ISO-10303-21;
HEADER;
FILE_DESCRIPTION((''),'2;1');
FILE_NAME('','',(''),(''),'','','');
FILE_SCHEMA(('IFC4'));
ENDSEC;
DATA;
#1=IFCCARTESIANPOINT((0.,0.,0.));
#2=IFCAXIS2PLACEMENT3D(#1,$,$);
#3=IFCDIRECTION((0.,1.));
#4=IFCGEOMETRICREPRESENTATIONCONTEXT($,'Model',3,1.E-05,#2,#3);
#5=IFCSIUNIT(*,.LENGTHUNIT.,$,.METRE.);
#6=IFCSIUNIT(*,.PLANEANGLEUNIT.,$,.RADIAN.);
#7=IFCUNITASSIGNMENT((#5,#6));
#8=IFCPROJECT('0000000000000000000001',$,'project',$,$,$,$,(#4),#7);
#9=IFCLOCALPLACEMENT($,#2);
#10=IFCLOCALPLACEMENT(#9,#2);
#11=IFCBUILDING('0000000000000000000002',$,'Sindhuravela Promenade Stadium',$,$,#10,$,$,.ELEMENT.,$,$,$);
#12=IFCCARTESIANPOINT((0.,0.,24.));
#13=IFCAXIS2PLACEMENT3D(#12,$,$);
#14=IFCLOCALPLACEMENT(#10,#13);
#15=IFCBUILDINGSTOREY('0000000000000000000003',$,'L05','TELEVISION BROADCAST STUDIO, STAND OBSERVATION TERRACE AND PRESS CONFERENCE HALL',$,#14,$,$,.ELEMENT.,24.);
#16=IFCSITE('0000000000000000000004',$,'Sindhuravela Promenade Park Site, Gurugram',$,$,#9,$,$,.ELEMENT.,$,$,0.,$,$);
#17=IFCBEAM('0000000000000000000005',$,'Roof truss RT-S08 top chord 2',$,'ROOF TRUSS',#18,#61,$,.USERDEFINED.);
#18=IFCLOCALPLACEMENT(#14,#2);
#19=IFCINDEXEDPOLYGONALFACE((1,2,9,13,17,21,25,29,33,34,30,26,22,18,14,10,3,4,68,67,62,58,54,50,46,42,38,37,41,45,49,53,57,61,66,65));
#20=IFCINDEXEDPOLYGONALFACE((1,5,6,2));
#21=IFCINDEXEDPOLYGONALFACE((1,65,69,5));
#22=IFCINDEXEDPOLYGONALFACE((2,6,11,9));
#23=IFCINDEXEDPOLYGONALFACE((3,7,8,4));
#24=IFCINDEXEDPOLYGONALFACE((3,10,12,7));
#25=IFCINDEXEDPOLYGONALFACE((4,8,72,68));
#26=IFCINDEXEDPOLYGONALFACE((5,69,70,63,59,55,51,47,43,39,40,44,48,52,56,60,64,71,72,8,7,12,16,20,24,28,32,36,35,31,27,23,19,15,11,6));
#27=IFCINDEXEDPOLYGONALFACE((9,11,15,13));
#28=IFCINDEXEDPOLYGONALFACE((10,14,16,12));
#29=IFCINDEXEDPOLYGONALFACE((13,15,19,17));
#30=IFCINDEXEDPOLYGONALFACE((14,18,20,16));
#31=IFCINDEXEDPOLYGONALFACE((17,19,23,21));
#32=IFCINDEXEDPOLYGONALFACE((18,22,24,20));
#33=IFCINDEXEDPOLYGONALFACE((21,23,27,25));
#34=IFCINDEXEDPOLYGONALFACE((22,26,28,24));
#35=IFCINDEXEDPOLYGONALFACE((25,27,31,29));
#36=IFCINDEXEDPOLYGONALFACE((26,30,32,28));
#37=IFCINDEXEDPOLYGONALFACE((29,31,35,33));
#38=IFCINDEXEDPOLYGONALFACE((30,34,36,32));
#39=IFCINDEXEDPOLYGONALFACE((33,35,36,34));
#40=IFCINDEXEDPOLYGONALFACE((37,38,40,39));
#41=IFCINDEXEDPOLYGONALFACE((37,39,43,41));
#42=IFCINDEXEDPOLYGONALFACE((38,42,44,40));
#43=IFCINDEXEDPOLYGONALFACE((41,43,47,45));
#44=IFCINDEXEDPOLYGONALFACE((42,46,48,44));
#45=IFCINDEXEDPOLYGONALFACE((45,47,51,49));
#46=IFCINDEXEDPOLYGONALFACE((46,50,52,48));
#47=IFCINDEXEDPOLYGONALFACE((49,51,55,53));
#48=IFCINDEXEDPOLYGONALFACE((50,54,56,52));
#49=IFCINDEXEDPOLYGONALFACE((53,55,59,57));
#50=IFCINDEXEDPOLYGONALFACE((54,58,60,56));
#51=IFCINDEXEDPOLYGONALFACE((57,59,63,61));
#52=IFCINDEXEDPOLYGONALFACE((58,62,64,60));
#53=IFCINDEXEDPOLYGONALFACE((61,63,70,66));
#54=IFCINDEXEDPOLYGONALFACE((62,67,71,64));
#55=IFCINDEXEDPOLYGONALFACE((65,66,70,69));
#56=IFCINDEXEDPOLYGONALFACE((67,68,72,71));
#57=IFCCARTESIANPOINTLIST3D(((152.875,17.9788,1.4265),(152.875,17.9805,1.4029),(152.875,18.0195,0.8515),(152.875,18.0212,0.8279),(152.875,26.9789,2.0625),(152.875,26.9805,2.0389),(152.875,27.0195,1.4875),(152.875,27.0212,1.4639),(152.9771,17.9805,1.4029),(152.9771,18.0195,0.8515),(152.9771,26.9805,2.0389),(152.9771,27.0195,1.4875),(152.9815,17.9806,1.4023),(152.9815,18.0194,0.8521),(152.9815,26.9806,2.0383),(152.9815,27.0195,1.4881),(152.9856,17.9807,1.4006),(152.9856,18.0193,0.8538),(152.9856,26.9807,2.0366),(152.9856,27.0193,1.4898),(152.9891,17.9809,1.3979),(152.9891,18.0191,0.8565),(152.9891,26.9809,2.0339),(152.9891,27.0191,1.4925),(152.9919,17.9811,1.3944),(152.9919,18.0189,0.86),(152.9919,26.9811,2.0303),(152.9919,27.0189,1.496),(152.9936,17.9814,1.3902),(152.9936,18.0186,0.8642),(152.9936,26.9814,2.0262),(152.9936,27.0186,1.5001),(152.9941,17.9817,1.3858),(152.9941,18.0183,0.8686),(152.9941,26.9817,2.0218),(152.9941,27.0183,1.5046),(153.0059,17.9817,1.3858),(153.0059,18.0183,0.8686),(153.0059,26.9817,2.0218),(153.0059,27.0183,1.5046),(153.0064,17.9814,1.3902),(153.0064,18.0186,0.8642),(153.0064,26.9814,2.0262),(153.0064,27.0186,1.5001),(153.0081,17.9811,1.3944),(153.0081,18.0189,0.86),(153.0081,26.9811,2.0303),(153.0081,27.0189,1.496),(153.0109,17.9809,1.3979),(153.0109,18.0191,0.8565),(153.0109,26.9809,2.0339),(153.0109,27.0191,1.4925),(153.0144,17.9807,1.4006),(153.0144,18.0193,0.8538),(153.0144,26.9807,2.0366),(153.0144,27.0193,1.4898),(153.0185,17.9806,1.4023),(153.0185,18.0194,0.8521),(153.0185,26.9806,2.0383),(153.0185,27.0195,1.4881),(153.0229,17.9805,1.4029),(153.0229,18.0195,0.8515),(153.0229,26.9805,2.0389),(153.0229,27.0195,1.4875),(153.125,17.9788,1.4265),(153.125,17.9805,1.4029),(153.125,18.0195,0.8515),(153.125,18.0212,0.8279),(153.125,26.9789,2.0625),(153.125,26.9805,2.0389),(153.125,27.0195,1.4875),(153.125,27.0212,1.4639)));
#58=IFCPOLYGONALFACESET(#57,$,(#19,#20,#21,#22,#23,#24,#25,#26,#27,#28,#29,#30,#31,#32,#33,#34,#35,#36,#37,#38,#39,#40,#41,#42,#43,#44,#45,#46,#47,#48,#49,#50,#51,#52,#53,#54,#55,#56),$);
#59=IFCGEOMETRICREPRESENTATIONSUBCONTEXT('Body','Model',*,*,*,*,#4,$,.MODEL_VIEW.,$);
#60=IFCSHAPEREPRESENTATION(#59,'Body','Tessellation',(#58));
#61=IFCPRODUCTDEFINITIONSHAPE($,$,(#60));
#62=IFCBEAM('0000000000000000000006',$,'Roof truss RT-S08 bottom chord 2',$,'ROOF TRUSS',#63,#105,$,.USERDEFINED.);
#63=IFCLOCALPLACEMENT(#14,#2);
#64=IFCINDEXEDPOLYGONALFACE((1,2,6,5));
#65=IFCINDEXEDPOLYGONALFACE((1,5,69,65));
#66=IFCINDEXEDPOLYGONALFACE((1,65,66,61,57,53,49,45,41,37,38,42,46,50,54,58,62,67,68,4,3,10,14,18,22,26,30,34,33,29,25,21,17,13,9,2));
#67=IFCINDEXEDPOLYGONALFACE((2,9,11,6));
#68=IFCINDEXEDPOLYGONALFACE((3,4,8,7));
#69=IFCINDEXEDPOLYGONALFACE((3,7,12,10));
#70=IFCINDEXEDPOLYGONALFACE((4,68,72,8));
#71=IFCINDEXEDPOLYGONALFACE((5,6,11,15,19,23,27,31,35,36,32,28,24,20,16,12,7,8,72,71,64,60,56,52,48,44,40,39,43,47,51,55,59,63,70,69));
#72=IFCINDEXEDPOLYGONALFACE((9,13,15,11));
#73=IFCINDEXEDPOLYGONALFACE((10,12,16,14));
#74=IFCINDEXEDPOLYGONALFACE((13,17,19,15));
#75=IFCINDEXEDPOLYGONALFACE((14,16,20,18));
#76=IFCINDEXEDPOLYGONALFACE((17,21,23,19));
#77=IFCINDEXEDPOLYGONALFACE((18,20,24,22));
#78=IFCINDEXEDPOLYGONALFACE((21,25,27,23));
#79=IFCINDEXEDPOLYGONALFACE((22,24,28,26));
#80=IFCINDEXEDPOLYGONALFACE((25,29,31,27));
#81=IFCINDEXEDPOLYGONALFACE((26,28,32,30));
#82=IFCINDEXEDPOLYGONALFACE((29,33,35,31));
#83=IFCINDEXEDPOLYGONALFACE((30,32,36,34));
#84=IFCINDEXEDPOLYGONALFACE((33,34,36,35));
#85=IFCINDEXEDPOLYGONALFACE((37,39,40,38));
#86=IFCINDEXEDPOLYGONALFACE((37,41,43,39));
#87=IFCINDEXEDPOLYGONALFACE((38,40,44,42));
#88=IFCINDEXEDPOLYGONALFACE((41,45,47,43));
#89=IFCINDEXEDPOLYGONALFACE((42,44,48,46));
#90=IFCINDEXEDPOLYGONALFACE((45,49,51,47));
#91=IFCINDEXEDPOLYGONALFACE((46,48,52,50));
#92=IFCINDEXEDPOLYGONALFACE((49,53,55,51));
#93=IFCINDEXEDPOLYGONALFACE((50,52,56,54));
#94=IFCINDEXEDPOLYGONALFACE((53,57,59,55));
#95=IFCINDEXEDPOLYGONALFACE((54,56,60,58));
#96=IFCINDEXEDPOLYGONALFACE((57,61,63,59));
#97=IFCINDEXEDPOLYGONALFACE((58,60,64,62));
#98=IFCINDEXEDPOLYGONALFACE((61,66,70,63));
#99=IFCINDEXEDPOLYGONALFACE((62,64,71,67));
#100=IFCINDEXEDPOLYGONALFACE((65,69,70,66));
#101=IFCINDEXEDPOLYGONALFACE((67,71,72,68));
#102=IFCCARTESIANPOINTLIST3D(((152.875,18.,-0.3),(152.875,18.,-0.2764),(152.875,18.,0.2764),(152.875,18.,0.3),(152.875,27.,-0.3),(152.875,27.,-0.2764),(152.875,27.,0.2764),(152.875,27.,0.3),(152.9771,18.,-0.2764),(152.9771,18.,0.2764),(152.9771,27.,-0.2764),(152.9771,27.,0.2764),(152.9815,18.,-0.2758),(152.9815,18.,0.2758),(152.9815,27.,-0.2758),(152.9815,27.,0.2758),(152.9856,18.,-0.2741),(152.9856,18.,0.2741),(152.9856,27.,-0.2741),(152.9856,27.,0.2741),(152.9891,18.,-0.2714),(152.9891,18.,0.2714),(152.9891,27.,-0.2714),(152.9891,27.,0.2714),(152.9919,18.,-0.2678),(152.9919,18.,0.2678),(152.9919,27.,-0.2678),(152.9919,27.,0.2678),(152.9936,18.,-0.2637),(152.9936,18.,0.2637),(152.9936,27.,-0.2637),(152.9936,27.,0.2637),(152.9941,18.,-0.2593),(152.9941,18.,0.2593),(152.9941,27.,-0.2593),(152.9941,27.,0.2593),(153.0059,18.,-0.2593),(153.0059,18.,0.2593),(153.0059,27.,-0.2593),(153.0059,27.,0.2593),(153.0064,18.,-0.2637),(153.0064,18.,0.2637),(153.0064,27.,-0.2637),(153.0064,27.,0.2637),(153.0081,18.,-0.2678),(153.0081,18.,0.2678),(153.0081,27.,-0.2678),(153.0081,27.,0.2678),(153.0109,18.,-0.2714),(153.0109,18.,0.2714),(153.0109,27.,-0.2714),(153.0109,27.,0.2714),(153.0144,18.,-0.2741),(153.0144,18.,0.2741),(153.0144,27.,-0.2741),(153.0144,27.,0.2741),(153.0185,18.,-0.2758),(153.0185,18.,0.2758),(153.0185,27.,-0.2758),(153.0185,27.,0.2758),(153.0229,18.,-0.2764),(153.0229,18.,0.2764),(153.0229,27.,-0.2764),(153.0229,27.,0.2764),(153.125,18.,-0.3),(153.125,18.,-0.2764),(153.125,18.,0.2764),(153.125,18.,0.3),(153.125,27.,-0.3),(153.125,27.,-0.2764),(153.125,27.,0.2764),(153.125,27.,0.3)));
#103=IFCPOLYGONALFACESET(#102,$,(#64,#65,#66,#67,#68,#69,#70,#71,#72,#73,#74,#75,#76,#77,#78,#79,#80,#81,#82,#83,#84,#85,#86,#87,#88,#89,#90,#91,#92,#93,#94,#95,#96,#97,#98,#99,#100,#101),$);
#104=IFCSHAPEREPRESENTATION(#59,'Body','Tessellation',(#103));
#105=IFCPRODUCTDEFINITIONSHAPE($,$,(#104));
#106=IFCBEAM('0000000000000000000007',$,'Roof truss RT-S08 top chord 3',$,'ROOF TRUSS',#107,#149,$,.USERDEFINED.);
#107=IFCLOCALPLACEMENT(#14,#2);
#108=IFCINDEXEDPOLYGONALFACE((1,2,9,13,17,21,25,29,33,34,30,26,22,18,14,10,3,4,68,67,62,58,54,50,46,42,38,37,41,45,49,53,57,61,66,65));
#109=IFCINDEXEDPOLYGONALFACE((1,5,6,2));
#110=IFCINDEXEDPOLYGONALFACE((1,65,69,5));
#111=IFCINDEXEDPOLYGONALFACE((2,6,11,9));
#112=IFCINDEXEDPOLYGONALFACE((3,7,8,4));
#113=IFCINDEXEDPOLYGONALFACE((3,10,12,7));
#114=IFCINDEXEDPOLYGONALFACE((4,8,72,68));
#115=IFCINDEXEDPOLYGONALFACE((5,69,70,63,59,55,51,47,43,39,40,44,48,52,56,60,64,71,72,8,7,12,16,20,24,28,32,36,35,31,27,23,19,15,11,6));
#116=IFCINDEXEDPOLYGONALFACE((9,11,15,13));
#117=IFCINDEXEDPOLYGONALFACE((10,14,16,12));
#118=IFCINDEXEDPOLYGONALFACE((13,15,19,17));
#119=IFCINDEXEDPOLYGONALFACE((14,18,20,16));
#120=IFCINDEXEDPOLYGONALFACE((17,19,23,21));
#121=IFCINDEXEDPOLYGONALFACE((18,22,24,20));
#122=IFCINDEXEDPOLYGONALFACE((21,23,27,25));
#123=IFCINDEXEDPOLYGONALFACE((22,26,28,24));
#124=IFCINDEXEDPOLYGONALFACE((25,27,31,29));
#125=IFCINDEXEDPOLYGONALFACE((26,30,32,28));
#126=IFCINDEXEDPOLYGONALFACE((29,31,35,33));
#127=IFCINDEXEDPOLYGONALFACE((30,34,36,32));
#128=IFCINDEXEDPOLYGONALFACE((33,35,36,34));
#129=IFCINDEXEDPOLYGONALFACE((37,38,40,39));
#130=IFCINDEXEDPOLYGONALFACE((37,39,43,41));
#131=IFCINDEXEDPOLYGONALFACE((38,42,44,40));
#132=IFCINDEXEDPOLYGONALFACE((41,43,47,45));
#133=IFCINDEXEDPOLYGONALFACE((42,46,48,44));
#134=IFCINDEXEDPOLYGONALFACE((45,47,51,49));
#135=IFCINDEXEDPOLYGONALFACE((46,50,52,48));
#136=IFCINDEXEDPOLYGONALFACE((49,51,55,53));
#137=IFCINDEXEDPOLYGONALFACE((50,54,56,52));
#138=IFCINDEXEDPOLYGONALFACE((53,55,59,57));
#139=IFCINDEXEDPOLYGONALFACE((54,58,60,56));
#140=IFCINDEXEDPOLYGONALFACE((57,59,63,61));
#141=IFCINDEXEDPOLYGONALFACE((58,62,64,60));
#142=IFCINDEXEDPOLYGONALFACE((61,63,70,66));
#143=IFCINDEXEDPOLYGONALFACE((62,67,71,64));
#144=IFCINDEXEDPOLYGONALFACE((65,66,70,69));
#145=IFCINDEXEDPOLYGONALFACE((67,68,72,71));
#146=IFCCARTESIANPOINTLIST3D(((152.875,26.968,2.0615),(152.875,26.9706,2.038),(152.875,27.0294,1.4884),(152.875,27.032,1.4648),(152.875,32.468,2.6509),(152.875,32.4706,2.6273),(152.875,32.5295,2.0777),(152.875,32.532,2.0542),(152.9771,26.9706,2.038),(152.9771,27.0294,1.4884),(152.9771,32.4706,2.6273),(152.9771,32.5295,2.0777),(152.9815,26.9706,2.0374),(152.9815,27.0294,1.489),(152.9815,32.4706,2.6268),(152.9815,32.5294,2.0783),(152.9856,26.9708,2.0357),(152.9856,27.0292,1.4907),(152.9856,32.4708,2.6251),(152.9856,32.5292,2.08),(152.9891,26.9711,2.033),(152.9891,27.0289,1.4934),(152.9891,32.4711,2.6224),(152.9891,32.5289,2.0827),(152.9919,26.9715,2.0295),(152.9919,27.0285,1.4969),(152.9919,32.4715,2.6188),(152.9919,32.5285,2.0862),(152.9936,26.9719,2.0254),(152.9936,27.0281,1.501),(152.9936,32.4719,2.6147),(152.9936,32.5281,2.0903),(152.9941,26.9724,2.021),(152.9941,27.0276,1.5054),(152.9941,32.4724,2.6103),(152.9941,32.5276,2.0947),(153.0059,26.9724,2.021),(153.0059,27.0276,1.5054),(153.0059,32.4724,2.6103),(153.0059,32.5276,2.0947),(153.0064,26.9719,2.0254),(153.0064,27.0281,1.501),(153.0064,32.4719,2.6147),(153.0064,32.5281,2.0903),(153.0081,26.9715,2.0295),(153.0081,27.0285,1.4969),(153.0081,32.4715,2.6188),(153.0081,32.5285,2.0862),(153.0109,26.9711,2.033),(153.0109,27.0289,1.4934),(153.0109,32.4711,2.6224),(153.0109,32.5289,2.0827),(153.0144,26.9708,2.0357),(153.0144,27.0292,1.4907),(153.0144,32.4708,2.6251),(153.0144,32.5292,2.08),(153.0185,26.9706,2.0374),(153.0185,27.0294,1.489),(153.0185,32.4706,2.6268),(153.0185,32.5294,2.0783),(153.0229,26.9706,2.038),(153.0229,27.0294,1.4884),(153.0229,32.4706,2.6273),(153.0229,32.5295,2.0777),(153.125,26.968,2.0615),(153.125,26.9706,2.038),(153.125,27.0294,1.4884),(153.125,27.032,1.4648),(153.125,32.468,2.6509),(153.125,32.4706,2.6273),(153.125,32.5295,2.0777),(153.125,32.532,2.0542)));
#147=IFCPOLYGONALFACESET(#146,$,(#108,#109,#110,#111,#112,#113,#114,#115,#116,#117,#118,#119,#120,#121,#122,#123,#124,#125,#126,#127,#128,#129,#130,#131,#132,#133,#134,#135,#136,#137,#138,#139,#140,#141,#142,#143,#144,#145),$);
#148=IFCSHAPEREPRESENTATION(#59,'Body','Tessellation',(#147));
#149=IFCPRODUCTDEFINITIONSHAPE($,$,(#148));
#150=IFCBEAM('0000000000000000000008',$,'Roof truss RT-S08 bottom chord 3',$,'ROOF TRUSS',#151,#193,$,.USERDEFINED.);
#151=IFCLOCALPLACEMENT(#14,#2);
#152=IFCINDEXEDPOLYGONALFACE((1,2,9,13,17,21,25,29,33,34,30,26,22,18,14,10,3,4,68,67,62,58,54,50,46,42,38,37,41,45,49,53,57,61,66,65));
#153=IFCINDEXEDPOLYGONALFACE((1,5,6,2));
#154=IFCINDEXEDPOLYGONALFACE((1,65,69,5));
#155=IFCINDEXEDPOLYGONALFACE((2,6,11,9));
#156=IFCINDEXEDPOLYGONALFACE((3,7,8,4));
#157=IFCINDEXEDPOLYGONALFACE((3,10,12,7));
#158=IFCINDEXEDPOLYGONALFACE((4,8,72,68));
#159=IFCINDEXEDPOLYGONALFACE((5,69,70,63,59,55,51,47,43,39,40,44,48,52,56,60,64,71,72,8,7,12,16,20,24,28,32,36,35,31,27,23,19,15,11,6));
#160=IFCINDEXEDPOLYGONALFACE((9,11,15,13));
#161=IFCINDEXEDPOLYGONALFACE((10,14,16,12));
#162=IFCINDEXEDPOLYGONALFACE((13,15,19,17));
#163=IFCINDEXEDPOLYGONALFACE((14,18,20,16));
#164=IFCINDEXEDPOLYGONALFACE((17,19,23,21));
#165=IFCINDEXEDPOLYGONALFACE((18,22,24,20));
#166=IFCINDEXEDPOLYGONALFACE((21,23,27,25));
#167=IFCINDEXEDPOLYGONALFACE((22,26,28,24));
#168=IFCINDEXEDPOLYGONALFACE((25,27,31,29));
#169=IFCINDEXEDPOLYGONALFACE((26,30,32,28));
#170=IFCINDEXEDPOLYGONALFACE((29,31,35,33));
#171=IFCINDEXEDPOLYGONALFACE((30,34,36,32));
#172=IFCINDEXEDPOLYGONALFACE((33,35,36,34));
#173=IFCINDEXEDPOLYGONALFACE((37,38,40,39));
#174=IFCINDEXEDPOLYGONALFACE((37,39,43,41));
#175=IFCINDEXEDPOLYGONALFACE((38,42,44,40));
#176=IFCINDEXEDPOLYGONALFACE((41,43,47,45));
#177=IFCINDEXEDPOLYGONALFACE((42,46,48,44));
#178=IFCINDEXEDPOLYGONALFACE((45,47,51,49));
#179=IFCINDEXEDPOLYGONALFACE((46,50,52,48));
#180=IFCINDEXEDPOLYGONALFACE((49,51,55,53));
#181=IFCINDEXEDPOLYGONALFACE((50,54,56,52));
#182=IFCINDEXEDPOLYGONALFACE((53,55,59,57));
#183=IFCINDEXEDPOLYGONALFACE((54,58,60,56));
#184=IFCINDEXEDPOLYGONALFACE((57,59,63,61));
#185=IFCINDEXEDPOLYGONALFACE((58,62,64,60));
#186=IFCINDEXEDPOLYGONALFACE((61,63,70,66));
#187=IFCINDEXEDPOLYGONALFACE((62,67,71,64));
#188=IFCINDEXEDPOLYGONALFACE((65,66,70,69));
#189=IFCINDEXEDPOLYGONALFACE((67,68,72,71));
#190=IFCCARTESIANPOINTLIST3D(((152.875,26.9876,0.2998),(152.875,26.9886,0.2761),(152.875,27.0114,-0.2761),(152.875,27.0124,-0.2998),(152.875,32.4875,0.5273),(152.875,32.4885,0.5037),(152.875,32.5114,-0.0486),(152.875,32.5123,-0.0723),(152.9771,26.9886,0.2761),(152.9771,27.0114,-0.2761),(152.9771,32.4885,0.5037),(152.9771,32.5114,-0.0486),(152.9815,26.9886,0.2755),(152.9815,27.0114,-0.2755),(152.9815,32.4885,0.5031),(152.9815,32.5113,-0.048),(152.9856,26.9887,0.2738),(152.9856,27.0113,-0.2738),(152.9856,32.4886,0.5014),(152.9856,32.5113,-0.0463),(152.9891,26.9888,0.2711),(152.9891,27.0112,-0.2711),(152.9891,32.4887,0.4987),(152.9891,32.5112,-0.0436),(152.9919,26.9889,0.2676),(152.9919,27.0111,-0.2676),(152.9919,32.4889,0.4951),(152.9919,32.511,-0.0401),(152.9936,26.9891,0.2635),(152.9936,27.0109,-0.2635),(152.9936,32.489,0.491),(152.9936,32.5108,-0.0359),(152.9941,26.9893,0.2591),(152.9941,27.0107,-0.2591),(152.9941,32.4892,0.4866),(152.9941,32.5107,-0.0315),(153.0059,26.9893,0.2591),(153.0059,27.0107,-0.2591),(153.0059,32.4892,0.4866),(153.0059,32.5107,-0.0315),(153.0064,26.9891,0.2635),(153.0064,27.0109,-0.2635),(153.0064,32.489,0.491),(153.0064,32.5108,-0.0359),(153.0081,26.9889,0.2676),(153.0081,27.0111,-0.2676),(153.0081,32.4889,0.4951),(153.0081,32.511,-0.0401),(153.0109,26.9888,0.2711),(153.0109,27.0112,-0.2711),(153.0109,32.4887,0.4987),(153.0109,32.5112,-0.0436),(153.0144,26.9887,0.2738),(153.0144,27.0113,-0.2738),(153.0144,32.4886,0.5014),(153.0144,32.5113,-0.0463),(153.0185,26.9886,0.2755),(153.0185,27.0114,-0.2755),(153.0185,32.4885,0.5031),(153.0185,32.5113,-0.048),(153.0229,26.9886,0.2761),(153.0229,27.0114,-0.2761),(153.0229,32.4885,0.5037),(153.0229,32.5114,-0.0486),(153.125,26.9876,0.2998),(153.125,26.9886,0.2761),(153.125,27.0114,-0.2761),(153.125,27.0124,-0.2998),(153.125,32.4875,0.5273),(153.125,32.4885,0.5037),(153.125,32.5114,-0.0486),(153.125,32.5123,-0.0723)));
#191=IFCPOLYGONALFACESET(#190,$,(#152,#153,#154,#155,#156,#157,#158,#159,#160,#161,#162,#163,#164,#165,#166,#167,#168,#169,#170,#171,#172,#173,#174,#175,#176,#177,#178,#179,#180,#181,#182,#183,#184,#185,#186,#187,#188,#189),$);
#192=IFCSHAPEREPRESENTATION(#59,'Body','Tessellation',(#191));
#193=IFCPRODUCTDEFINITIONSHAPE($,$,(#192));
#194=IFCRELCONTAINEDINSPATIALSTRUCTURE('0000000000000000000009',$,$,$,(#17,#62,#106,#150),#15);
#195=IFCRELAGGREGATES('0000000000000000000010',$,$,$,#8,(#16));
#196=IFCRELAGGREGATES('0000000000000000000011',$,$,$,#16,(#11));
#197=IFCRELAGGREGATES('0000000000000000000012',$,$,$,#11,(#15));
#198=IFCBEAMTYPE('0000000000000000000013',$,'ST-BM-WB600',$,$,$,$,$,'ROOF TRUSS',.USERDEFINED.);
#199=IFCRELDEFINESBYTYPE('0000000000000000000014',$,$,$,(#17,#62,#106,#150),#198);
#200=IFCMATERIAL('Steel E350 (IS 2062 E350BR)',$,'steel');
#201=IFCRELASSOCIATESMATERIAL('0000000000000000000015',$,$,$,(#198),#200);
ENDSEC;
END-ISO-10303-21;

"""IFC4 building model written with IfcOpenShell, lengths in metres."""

from ifc_helpers import new_model, si_unit, direction, frame, origin, origin_2d, place, context, subcontext, project, spatial, i_section, extrude, material, material_profile, profile_set, type_object, element, save


model = new_model("IFC4")

# Units and contexts
model_context = context("Model", 3, precision=1e-05, world=origin(), true_north=direction((0.0, 1.0)))
body_context = subcontext(model_context, "Body", "Model", "MODEL_VIEW")
ifc_project = project(units=[si_unit("LENGTHUNIT", "METRE"), si_unit("PLANEANGLEUNIT", "RADIAN")], contexts=[model_context])

# Site, building, storey
site_placement = place(None, origin())
site = spatial("IfcSite", under=ifc_project, at=site_placement, Name="Sindhuravela Promenade Park Site, Gurugram", CompositionType="ELEMENT", RefElevation=0.0)
building_placement = place(site_placement, origin())
building = spatial("IfcBuilding", under=site, at=building_placement, Name="Sindhuravela Promenade Stadium", CompositionType="ELEMENT")
storey_placement = place(building_placement, frame((0.0, 0.0, 24.0)))
storey = spatial("IfcBuildingStorey", under=building, at=storey_placement, Name="L05", Description="TELEVISION BROADCAST STUDIO, STAND OBSERVATION TERRACE AND PRESS CONFERENCE HALL", CompositionType="ELEMENT", Elevation=24.0)

# Beams
ifc_material_1 = material(Name="Steel E350 (IS 2062 E350BR)", Category="steel")
ifc_material_profile_1 = material_profile(ifc_material_1, i_section(OverallWidth=0.25, OverallDepth=0.6001, WebThickness=0.0117, FlangeThickness=0.0237, FilletRadius=0.0171, at=origin_2d()), Name="ISWB 600")
ifc_profile_set_1 = profile_set([ifc_material_profile_1], Name="Steel E350 (IS 2062 E350BR)")
beam_type = type_object("IfcBeamType", Name="ST-BM-WB600", ElementType="ROOF TRUSS", PredefinedType="USERDEFINED", material=ifc_profile_set_1)
beam_1_placement = place(storey_placement, frame((153.0, 18.0, 1.1272), z_axis=(0.0, 0.997513, 0.070489), x_axis=(-1.0, 0.0, 0.0)))
element("IfcBeam", 1, at=beam_1_placement, inside=storey, type_object=beam_type, Name="Roof truss RT-S08 top chord 2", ObjectType="ROOF TRUSS", PredefinedType="USERDEFINED", context=body_context, shape_type="SweptSolid", body=[
    extrude(i_section(OverallWidth=0.25, OverallDepth=0.6001, WebThickness=0.0117, FlangeThickness=0.0237, FilletRadius=0.0171, at=origin_2d()), origin(), (0.0, 0.0, 1.0), 9.0225),
])
beam_2_placement = place(storey_placement, frame((153.0, 18.0, 0.0), z_axis=(0.0, 1.0, 0.0), x_axis=(-1.0, 0.0, 0.0)))
element("IfcBeam", 2, at=beam_2_placement, inside=storey, type_object=beam_type, Name="Roof truss RT-S08 bottom chord 2", ObjectType="ROOF TRUSS", PredefinedType="USERDEFINED", context=body_context, shape_type="SweptSolid", body=[
    extrude(i_section(OverallWidth=0.25, OverallDepth=0.6001, WebThickness=0.0117, FlangeThickness=0.0237, FilletRadius=0.0171, at=origin_2d()), origin(), (0.0, 0.0, 1.0), 9.0),
])
beam_3_placement = place(storey_placement, frame((153.0, 27.0, 1.7632), z_axis=(0.0, 0.994308, 0.106546), x_axis=(-1.0, 0.0, 0.0)))
element("IfcBeam", 3, at=beam_3_placement, inside=storey, type_object=beam_type, Name="Roof truss RT-S08 top chord 3", ObjectType="ROOF TRUSS", PredefinedType="USERDEFINED", context=body_context, shape_type="SweptSolid", body=[
    extrude(i_section(OverallWidth=0.25, OverallDepth=0.6001, WebThickness=0.0117, FlangeThickness=0.0237, FilletRadius=0.0171, at=origin_2d()), origin(), (0.0, 0.0, 1.0), 5.5315),
])
beam_4_placement = place(storey_placement, frame((153.0, 27.0, 0.0), z_axis=(0.0, 0.999145, 0.041335), x_axis=(-1.0, 0.0, 0.0)))
element("IfcBeam", 4, at=beam_4_placement, inside=storey, type_object=beam_type, Name="Roof truss RT-S08 bottom chord 3", ObjectType="ROOF TRUSS", PredefinedType="USERDEFINED", context=body_context, shape_type="SweptSolid", body=[
    extrude(i_section(OverallWidth=0.25, OverallDepth=0.6001, WebThickness=0.0117, FlangeThickness=0.0237, FilletRadius=0.0171, at=origin_2d()), origin(), (0.0, 0.0, 1.0), 5.5046),
])

save(model, "model.ifc")
